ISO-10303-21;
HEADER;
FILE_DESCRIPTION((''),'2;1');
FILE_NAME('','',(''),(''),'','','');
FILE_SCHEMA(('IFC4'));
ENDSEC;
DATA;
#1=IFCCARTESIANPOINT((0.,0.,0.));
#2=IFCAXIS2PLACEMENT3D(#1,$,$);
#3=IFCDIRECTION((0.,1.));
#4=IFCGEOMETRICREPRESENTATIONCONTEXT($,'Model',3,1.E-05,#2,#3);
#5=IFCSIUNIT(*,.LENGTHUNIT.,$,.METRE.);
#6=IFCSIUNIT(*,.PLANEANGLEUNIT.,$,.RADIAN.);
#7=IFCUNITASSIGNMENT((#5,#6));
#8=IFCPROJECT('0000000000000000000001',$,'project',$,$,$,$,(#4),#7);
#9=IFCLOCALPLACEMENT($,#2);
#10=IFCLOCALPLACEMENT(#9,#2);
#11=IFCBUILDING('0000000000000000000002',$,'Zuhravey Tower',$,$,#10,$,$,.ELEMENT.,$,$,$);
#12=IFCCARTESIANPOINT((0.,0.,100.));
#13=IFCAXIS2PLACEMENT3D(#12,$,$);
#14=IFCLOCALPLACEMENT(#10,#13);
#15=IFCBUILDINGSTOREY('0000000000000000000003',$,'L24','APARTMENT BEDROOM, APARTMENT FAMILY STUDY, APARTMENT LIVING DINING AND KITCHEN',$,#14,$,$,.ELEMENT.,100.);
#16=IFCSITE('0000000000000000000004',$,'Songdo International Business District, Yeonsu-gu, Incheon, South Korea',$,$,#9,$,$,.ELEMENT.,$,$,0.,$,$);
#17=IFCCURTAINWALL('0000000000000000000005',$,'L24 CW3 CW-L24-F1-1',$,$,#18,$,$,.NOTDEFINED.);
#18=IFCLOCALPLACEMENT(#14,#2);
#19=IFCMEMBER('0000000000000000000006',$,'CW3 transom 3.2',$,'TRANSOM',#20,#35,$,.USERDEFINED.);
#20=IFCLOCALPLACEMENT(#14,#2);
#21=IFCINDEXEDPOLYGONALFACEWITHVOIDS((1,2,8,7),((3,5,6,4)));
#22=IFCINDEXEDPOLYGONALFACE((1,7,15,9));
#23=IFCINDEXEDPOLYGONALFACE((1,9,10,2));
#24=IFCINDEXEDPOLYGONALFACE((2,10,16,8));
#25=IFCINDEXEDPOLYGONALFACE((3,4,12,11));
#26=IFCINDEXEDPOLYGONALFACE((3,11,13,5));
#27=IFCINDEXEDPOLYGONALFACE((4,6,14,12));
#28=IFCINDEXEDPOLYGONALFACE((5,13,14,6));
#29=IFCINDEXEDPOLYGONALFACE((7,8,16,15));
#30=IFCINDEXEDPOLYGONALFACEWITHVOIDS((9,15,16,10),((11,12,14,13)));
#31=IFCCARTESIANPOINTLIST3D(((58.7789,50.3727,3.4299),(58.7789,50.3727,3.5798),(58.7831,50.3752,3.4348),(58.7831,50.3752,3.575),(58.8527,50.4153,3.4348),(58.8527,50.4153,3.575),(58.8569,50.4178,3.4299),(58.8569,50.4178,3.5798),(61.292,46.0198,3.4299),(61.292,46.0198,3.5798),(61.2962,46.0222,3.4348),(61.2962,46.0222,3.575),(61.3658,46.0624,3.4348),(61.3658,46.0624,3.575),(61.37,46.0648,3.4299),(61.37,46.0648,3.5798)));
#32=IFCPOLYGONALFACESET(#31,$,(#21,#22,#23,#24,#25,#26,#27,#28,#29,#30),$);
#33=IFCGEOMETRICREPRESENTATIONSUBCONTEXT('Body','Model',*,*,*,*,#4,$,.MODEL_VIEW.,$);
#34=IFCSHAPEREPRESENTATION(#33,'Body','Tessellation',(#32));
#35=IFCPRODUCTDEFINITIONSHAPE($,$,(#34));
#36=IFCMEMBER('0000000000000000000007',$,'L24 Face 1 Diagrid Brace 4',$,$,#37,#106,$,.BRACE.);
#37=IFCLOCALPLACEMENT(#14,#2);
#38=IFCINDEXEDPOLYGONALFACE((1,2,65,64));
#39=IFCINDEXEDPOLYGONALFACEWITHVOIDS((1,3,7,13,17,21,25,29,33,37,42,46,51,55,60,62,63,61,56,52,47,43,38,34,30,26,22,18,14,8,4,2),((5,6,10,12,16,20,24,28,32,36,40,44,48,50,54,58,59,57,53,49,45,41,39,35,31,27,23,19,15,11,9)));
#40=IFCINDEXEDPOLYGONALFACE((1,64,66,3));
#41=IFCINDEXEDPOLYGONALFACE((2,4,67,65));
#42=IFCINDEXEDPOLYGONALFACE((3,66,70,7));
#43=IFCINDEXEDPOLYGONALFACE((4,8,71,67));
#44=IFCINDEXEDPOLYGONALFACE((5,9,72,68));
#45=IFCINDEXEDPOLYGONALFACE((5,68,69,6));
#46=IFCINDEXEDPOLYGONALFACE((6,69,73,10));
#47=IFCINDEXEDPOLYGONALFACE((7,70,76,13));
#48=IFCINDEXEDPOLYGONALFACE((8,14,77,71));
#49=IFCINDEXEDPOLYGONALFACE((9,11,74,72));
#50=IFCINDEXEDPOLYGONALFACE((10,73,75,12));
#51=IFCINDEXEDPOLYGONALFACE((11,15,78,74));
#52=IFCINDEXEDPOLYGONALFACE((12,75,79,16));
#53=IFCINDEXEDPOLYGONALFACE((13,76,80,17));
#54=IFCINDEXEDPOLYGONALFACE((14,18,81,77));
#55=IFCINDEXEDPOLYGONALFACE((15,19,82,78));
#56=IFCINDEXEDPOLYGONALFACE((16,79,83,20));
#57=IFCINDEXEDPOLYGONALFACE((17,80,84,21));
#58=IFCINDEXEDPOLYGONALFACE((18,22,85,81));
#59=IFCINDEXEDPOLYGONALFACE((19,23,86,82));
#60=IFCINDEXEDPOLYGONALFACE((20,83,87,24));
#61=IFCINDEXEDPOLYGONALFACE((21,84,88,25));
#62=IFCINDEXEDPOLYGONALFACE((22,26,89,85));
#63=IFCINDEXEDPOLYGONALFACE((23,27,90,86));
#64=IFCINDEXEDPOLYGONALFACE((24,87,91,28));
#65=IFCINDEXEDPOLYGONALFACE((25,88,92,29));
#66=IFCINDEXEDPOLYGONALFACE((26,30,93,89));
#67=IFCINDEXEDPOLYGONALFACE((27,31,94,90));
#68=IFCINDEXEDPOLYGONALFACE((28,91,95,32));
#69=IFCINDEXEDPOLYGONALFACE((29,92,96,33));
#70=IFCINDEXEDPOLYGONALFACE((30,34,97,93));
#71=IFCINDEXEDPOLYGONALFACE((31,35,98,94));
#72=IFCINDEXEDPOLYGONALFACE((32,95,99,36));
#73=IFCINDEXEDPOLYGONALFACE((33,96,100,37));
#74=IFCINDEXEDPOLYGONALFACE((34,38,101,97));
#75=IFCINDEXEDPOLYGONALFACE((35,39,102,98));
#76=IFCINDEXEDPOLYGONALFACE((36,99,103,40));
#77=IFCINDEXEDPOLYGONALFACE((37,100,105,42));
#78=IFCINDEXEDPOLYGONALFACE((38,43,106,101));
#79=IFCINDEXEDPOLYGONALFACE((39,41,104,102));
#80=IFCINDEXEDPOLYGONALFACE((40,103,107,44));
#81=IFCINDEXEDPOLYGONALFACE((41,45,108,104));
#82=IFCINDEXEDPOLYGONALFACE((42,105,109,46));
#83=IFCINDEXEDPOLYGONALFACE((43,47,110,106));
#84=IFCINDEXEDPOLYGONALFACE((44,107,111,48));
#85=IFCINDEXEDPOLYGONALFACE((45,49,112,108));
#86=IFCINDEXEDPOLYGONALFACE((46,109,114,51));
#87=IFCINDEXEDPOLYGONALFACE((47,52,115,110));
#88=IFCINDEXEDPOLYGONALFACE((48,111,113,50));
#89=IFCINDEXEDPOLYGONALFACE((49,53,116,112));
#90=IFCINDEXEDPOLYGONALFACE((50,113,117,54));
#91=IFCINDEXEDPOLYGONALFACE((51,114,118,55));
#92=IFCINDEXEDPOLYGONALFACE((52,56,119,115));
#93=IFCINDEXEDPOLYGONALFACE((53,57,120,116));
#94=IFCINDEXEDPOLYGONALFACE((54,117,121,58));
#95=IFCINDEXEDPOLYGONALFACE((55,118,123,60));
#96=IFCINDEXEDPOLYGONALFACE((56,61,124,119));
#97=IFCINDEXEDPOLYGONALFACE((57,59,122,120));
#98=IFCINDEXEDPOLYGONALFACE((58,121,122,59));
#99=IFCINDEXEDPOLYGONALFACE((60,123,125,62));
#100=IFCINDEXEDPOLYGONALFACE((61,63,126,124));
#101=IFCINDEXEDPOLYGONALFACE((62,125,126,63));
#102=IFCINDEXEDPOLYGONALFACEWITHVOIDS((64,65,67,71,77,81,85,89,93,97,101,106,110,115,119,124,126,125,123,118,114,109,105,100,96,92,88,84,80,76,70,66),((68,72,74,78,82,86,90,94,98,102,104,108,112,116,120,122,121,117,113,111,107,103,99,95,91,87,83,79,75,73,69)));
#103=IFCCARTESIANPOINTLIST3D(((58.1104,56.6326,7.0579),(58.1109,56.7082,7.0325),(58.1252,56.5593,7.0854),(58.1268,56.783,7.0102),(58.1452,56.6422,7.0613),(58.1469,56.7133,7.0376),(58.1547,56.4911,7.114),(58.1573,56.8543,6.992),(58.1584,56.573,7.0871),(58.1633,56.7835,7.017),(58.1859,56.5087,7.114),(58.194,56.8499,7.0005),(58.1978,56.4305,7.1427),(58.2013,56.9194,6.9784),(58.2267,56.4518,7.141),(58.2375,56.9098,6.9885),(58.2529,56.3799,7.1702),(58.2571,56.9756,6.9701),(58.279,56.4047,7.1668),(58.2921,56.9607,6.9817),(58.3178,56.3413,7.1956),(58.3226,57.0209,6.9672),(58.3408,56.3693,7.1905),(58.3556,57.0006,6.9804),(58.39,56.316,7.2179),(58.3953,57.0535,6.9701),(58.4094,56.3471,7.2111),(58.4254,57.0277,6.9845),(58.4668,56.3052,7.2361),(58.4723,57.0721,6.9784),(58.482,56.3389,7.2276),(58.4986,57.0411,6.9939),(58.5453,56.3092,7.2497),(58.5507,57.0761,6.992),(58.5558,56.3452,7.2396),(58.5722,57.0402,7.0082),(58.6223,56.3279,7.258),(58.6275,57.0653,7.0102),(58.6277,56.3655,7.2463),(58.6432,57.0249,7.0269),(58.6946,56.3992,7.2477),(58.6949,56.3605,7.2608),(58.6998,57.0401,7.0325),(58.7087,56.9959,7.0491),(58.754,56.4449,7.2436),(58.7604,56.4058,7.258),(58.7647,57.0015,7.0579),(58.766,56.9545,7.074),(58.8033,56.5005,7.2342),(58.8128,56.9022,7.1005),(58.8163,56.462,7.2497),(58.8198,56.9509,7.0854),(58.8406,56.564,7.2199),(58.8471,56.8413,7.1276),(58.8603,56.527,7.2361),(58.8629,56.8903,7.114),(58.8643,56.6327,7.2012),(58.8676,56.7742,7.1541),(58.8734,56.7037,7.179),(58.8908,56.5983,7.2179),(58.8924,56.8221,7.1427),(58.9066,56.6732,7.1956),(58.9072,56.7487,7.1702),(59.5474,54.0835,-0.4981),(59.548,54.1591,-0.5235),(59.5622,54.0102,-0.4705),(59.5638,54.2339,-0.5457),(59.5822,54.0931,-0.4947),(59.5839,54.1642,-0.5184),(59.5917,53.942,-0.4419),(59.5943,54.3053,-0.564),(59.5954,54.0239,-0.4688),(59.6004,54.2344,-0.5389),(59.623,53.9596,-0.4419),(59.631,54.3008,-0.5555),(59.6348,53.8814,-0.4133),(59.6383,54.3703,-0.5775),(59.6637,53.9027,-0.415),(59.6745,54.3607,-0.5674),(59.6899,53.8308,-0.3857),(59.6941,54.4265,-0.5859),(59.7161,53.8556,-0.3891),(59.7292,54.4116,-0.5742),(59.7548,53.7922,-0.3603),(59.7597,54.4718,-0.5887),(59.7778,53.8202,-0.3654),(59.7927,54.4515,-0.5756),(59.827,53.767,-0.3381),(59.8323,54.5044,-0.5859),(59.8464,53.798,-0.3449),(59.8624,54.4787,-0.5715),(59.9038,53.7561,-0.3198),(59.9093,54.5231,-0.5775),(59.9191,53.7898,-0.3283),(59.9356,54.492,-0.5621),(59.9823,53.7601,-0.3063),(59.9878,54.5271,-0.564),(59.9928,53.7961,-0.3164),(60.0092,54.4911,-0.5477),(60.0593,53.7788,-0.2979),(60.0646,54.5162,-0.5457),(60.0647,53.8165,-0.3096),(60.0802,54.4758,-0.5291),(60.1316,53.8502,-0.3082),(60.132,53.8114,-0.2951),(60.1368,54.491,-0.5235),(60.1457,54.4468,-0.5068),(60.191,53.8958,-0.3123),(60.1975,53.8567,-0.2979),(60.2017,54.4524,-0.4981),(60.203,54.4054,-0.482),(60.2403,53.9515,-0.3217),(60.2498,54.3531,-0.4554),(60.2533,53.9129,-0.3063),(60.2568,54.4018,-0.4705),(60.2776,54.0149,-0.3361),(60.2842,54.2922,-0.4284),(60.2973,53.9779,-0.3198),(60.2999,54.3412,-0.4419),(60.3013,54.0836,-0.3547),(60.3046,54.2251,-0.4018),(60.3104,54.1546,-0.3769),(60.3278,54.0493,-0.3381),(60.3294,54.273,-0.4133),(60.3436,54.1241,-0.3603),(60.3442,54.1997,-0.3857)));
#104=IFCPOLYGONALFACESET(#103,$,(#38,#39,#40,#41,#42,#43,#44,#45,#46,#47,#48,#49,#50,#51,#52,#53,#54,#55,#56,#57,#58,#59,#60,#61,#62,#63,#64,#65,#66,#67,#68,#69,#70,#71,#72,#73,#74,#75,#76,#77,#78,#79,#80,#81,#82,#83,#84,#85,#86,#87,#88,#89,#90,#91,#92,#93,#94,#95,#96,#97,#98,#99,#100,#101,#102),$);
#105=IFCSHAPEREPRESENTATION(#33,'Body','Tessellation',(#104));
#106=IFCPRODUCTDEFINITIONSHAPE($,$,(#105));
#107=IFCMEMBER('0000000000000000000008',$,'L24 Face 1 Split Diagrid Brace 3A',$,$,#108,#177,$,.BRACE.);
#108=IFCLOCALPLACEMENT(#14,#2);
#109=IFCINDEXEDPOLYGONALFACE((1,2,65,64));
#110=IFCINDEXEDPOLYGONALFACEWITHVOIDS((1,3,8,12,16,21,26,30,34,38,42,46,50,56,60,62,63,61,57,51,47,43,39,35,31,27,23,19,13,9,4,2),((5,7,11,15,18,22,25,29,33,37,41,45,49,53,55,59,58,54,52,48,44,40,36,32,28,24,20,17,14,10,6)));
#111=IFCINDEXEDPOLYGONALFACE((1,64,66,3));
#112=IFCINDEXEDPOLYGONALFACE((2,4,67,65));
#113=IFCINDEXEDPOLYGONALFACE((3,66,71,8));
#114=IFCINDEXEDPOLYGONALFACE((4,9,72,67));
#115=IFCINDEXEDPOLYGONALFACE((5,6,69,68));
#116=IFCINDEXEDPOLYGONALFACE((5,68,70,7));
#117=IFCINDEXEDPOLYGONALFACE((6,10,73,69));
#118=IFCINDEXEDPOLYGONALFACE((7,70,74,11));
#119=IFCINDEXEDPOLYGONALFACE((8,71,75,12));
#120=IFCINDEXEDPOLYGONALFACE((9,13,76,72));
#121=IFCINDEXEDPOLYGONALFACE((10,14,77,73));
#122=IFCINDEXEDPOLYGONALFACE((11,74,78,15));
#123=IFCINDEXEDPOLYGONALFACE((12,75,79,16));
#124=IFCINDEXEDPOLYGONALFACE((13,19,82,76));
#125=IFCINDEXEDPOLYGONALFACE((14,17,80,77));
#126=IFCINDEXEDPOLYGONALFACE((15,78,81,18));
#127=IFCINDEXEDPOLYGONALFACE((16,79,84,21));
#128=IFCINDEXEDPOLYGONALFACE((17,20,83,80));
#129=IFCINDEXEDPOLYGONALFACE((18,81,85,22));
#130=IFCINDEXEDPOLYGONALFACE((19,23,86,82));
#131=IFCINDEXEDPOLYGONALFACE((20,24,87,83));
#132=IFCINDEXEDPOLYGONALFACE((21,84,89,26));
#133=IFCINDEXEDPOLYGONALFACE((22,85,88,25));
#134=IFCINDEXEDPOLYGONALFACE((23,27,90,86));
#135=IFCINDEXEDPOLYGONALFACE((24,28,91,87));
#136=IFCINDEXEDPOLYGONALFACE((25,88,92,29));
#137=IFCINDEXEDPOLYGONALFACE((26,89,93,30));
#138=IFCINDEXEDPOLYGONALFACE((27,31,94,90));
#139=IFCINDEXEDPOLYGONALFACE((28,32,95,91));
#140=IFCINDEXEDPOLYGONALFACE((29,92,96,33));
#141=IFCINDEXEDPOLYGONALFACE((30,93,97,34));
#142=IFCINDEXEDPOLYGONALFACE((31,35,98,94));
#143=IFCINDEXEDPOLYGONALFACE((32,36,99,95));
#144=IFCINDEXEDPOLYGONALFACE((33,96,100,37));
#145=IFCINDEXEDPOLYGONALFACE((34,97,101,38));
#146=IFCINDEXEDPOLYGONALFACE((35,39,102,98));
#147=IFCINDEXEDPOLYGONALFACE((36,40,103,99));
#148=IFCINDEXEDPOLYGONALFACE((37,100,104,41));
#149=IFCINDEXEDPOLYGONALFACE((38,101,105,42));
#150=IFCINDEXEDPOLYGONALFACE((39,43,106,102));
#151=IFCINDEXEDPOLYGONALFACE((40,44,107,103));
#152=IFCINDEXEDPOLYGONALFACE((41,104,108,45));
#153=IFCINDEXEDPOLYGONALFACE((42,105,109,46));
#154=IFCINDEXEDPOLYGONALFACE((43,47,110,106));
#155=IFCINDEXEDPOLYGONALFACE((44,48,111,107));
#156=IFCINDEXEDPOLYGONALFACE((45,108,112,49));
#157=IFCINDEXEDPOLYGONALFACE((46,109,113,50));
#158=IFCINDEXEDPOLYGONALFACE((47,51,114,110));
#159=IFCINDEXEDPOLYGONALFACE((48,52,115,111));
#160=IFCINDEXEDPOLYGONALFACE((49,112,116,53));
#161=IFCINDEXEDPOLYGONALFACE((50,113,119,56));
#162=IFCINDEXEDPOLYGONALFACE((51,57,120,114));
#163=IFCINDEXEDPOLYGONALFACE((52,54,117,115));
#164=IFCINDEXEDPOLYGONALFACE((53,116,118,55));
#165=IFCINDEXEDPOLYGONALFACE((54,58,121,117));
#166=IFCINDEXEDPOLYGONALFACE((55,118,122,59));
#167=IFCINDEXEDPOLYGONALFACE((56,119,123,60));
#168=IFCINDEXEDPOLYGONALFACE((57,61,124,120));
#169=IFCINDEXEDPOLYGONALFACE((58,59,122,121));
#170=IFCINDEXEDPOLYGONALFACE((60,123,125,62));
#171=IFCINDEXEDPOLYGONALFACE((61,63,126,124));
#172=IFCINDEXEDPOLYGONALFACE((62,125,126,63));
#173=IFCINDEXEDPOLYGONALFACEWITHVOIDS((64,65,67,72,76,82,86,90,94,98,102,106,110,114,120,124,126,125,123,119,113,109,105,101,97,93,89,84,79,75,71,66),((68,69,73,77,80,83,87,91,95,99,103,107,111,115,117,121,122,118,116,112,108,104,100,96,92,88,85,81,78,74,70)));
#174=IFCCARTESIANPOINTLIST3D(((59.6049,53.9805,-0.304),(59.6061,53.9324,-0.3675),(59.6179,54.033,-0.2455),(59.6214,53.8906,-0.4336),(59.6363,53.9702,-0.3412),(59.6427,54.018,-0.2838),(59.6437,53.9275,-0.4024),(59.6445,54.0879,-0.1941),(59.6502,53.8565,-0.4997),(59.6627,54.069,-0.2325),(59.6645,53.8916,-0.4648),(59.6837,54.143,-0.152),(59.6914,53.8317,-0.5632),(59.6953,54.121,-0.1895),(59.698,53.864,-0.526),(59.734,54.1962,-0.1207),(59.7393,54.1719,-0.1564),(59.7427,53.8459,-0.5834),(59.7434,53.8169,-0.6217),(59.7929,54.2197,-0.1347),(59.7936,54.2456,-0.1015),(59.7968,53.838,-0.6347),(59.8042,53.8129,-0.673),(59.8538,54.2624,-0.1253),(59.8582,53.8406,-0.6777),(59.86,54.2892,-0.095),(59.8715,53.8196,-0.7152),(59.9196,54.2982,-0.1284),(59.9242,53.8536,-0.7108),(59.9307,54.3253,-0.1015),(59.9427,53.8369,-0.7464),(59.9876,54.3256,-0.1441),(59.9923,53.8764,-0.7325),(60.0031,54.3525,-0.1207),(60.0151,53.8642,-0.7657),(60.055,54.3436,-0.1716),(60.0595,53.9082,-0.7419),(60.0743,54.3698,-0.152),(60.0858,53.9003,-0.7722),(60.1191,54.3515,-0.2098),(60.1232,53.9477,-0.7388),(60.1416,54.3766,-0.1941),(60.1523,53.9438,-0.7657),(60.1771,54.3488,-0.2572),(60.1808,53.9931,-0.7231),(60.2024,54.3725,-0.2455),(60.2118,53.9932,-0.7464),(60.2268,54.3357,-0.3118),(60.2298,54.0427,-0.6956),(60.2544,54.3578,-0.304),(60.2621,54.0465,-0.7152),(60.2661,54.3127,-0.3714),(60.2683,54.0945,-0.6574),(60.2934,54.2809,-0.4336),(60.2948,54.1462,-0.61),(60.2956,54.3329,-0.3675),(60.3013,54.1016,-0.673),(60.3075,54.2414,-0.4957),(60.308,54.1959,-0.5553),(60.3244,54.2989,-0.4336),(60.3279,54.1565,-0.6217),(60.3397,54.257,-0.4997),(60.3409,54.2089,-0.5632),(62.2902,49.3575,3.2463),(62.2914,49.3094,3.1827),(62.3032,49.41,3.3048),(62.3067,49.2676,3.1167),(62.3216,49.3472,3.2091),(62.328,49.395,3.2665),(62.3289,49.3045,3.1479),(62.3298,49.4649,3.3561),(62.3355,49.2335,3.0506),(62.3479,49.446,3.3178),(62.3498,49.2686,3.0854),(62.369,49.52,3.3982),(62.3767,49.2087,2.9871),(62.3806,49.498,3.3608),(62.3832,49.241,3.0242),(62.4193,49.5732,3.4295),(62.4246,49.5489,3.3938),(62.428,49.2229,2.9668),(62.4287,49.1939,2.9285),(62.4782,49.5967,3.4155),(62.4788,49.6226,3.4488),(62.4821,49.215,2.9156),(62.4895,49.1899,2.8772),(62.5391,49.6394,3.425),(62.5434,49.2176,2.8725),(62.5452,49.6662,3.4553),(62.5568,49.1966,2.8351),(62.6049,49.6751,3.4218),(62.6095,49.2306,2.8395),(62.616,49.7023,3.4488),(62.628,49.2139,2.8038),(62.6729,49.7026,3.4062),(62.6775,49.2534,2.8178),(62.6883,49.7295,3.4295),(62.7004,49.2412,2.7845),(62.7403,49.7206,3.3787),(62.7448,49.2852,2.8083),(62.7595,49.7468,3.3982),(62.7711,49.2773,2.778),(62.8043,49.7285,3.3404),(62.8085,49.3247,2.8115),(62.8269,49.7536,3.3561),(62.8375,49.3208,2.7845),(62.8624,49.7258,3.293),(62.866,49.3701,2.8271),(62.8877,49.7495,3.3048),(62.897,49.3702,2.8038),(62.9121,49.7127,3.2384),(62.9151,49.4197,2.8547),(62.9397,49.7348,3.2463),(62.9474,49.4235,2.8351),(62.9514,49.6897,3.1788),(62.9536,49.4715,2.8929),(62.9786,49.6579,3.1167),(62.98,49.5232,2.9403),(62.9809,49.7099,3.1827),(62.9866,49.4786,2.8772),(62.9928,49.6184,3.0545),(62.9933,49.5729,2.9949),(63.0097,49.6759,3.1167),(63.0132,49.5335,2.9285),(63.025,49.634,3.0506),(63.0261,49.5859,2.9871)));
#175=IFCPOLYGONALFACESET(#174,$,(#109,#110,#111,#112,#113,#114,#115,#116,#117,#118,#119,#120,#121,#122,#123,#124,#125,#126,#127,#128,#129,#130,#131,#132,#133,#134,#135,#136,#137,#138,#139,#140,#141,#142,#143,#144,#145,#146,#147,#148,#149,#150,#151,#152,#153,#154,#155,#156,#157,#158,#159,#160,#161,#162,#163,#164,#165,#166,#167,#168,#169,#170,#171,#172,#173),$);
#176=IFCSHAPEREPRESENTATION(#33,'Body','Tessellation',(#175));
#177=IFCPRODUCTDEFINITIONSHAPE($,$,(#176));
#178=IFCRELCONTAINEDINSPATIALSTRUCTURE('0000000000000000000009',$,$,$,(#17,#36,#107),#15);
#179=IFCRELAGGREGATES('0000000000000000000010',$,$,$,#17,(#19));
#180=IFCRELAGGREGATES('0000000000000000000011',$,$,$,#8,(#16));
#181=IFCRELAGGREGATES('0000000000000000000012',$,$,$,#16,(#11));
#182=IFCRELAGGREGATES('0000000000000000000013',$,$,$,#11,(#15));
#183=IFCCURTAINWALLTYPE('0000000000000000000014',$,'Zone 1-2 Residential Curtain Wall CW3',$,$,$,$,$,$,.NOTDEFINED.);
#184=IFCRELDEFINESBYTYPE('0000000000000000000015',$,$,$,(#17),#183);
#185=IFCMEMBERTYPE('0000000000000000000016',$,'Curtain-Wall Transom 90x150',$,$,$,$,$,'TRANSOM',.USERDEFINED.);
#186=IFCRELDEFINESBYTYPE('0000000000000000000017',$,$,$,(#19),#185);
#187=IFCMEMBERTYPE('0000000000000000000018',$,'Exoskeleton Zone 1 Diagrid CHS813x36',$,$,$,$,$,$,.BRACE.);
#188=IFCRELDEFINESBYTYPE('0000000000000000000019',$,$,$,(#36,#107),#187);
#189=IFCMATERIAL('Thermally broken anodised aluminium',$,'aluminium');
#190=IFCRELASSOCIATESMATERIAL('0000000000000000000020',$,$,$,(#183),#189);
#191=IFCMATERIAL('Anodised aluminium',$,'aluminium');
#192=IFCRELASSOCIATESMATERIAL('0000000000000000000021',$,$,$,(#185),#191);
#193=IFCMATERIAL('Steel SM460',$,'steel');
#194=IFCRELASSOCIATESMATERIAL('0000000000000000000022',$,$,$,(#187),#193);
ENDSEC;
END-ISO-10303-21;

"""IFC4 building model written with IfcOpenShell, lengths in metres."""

from ifc_helpers import new_model, si_unit, direction, frame, origin, origin_2d, place, context, subcontext, project, spatial, hollow_rectangle, hollow_circle, extrude, material, material_profile, profile_set, type_object, element, aggregate, save


model = new_model("IFC4")

# Units and contexts
model_context = context("Model", 3, precision=1e-05, world=origin(), true_north=direction((0.0, 1.0)))
body_context = subcontext(model_context, "Body", "Model", "MODEL_VIEW")
ifc_project = project(units=[si_unit("LENGTHUNIT", "METRE"), si_unit("PLANEANGLEUNIT", "RADIAN")], contexts=[model_context])

# Site, building, storey
site_placement = place(None, origin())
site = spatial("IfcSite", under=ifc_project, at=site_placement, Name="Songdo International Business District, Yeonsu-gu, Incheon, South Korea", CompositionType="ELEMENT", RefElevation=0.0)
building_placement = place(site_placement, origin())
building = spatial("IfcBuilding", under=site, at=building_placement, Name="Zuhravey Tower", CompositionType="ELEMENT")
storey_placement = place(building_placement, frame((0.0, 0.0, 100.0)))
storey = spatial("IfcBuildingStorey", under=building, at=storey_placement, Name="L24", Description="APARTMENT BEDROOM, APARTMENT FAMILY STUDY, APARTMENT LIVING DINING AND KITCHEN", CompositionType="ELEMENT", Elevation=100.0)

# Shared definitions
ifc_material_1 = material(Name="Thermally broken anodised aluminium", Category="aluminium")
curtain_wall_type = type_object("IfcCurtainWallType", Name="Zone 1-2 Residential Curtain Wall CW3", PredefinedType="NOTDEFINED", material=ifc_material_1)
ifc_material_2 = material(Name="Anodised aluminium", Category="aluminium")

# Curtain wall, member
curtain_wall_1_placement = place(storey_placement, origin())
curtain_wall_1 = element("IfcCurtainWall", 1, at=curtain_wall_1_placement, inside=storey, type_object=curtain_wall_type, Name="L24 CW3 CW-L24-F1-1", PredefinedType="NOTDEFINED")
ifc_material_profile_1 = material_profile(ifc_material_2, hollow_rectangle(XDim=0.0901, YDim=0.1499, WallThickness=0.0049, at=origin_2d()), Name="ALU-RHS-90x150x5")
ifc_profile_set_1 = profile_set([ifc_material_profile_1], Name="Anodised aluminium")
member_type_1 = type_object("IfcMemberType", Name="Curtain-Wall Transom 90x150", ElementType="TRANSOM", PredefinedType="USERDEFINED", material=ifc_profile_set_1)
member_1_placement = place(storey_placement, frame((58.8179, 50.3953, 3.5049), z_axis=(0.499994, -0.866029, 0.0), x_axis=(0.866029, 0.499994, 0.0)))
member_1 = element("IfcMember", 2, at=member_1_placement, type_object=member_type_1, Name="CW3 transom 3.2", ObjectType="TRANSOM", PredefinedType="USERDEFINED", context=body_context, shape_type="SweptSolid", body=[
    extrude(hollow_rectangle(XDim=0.0901, YDim=0.1499, WallThickness=0.0049, at=origin_2d()), origin(), (0.0, 0.0, 1.0), 5.0264),
])

# Members
ifc_material_3 = material(Name="Steel SM460", Category="steel")
ifc_material_profile_2 = material_profile(ifc_material_3, hollow_circle(Radius=0.4065, WallThickness=0.0359, at=origin_2d()), Name="CHS-812.8x36")
ifc_profile_set_2 = profile_set([ifc_material_profile_2], Name="Steel SM460")
member_type_2 = type_object("IfcMemberType", Name="Exoskeleton Zone 1 Diagrid CHS813x36", PredefinedType="BRACE", material=ifc_profile_set_2)
member_2_placement = place(storey_placement, frame((59.9458, 54.1416, -0.4419), z_axis=(-0.177349, 0.314594, 0.932512), x_axis=(-0.871114, -0.491081, 0.0)))
element("IfcMember", 3, at=member_2_placement, inside=storey, type_object=member_type_2, Name="L24 Face 1 Diagrid Brace 4", PredefinedType="BRACE", context=body_context, shape_type="SweptSolid", body=[
    extrude(hollow_circle(Radius=0.4065, WallThickness=0.0359, at=origin_2d()), origin(), (0.0, 0.0, 1.0), 8.1028),
])
member_3_placement = place(storey_placement, frame((59.9729, 54.0947, -0.4336), z_axis=(0.418416, -0.720349, 0.553196), x_axis=(0.864712, 0.502269, 0.0)))
element("IfcMember", 4, at=member_3_placement, inside=storey, type_object=member_type_2, Name="L24 Face 1 Split Diagrid Brace 3A", PredefinedType="BRACE", context=body_context, shape_type="SweptSolid", body=[
    extrude(hollow_circle(Radius=0.4065, WallThickness=0.0359, at=origin_2d()), origin(), (0.0, 0.0, 1.0), 6.4177),
])

aggregate(curtain_wall_1, [member_1])

save(model, "model.ifc")
